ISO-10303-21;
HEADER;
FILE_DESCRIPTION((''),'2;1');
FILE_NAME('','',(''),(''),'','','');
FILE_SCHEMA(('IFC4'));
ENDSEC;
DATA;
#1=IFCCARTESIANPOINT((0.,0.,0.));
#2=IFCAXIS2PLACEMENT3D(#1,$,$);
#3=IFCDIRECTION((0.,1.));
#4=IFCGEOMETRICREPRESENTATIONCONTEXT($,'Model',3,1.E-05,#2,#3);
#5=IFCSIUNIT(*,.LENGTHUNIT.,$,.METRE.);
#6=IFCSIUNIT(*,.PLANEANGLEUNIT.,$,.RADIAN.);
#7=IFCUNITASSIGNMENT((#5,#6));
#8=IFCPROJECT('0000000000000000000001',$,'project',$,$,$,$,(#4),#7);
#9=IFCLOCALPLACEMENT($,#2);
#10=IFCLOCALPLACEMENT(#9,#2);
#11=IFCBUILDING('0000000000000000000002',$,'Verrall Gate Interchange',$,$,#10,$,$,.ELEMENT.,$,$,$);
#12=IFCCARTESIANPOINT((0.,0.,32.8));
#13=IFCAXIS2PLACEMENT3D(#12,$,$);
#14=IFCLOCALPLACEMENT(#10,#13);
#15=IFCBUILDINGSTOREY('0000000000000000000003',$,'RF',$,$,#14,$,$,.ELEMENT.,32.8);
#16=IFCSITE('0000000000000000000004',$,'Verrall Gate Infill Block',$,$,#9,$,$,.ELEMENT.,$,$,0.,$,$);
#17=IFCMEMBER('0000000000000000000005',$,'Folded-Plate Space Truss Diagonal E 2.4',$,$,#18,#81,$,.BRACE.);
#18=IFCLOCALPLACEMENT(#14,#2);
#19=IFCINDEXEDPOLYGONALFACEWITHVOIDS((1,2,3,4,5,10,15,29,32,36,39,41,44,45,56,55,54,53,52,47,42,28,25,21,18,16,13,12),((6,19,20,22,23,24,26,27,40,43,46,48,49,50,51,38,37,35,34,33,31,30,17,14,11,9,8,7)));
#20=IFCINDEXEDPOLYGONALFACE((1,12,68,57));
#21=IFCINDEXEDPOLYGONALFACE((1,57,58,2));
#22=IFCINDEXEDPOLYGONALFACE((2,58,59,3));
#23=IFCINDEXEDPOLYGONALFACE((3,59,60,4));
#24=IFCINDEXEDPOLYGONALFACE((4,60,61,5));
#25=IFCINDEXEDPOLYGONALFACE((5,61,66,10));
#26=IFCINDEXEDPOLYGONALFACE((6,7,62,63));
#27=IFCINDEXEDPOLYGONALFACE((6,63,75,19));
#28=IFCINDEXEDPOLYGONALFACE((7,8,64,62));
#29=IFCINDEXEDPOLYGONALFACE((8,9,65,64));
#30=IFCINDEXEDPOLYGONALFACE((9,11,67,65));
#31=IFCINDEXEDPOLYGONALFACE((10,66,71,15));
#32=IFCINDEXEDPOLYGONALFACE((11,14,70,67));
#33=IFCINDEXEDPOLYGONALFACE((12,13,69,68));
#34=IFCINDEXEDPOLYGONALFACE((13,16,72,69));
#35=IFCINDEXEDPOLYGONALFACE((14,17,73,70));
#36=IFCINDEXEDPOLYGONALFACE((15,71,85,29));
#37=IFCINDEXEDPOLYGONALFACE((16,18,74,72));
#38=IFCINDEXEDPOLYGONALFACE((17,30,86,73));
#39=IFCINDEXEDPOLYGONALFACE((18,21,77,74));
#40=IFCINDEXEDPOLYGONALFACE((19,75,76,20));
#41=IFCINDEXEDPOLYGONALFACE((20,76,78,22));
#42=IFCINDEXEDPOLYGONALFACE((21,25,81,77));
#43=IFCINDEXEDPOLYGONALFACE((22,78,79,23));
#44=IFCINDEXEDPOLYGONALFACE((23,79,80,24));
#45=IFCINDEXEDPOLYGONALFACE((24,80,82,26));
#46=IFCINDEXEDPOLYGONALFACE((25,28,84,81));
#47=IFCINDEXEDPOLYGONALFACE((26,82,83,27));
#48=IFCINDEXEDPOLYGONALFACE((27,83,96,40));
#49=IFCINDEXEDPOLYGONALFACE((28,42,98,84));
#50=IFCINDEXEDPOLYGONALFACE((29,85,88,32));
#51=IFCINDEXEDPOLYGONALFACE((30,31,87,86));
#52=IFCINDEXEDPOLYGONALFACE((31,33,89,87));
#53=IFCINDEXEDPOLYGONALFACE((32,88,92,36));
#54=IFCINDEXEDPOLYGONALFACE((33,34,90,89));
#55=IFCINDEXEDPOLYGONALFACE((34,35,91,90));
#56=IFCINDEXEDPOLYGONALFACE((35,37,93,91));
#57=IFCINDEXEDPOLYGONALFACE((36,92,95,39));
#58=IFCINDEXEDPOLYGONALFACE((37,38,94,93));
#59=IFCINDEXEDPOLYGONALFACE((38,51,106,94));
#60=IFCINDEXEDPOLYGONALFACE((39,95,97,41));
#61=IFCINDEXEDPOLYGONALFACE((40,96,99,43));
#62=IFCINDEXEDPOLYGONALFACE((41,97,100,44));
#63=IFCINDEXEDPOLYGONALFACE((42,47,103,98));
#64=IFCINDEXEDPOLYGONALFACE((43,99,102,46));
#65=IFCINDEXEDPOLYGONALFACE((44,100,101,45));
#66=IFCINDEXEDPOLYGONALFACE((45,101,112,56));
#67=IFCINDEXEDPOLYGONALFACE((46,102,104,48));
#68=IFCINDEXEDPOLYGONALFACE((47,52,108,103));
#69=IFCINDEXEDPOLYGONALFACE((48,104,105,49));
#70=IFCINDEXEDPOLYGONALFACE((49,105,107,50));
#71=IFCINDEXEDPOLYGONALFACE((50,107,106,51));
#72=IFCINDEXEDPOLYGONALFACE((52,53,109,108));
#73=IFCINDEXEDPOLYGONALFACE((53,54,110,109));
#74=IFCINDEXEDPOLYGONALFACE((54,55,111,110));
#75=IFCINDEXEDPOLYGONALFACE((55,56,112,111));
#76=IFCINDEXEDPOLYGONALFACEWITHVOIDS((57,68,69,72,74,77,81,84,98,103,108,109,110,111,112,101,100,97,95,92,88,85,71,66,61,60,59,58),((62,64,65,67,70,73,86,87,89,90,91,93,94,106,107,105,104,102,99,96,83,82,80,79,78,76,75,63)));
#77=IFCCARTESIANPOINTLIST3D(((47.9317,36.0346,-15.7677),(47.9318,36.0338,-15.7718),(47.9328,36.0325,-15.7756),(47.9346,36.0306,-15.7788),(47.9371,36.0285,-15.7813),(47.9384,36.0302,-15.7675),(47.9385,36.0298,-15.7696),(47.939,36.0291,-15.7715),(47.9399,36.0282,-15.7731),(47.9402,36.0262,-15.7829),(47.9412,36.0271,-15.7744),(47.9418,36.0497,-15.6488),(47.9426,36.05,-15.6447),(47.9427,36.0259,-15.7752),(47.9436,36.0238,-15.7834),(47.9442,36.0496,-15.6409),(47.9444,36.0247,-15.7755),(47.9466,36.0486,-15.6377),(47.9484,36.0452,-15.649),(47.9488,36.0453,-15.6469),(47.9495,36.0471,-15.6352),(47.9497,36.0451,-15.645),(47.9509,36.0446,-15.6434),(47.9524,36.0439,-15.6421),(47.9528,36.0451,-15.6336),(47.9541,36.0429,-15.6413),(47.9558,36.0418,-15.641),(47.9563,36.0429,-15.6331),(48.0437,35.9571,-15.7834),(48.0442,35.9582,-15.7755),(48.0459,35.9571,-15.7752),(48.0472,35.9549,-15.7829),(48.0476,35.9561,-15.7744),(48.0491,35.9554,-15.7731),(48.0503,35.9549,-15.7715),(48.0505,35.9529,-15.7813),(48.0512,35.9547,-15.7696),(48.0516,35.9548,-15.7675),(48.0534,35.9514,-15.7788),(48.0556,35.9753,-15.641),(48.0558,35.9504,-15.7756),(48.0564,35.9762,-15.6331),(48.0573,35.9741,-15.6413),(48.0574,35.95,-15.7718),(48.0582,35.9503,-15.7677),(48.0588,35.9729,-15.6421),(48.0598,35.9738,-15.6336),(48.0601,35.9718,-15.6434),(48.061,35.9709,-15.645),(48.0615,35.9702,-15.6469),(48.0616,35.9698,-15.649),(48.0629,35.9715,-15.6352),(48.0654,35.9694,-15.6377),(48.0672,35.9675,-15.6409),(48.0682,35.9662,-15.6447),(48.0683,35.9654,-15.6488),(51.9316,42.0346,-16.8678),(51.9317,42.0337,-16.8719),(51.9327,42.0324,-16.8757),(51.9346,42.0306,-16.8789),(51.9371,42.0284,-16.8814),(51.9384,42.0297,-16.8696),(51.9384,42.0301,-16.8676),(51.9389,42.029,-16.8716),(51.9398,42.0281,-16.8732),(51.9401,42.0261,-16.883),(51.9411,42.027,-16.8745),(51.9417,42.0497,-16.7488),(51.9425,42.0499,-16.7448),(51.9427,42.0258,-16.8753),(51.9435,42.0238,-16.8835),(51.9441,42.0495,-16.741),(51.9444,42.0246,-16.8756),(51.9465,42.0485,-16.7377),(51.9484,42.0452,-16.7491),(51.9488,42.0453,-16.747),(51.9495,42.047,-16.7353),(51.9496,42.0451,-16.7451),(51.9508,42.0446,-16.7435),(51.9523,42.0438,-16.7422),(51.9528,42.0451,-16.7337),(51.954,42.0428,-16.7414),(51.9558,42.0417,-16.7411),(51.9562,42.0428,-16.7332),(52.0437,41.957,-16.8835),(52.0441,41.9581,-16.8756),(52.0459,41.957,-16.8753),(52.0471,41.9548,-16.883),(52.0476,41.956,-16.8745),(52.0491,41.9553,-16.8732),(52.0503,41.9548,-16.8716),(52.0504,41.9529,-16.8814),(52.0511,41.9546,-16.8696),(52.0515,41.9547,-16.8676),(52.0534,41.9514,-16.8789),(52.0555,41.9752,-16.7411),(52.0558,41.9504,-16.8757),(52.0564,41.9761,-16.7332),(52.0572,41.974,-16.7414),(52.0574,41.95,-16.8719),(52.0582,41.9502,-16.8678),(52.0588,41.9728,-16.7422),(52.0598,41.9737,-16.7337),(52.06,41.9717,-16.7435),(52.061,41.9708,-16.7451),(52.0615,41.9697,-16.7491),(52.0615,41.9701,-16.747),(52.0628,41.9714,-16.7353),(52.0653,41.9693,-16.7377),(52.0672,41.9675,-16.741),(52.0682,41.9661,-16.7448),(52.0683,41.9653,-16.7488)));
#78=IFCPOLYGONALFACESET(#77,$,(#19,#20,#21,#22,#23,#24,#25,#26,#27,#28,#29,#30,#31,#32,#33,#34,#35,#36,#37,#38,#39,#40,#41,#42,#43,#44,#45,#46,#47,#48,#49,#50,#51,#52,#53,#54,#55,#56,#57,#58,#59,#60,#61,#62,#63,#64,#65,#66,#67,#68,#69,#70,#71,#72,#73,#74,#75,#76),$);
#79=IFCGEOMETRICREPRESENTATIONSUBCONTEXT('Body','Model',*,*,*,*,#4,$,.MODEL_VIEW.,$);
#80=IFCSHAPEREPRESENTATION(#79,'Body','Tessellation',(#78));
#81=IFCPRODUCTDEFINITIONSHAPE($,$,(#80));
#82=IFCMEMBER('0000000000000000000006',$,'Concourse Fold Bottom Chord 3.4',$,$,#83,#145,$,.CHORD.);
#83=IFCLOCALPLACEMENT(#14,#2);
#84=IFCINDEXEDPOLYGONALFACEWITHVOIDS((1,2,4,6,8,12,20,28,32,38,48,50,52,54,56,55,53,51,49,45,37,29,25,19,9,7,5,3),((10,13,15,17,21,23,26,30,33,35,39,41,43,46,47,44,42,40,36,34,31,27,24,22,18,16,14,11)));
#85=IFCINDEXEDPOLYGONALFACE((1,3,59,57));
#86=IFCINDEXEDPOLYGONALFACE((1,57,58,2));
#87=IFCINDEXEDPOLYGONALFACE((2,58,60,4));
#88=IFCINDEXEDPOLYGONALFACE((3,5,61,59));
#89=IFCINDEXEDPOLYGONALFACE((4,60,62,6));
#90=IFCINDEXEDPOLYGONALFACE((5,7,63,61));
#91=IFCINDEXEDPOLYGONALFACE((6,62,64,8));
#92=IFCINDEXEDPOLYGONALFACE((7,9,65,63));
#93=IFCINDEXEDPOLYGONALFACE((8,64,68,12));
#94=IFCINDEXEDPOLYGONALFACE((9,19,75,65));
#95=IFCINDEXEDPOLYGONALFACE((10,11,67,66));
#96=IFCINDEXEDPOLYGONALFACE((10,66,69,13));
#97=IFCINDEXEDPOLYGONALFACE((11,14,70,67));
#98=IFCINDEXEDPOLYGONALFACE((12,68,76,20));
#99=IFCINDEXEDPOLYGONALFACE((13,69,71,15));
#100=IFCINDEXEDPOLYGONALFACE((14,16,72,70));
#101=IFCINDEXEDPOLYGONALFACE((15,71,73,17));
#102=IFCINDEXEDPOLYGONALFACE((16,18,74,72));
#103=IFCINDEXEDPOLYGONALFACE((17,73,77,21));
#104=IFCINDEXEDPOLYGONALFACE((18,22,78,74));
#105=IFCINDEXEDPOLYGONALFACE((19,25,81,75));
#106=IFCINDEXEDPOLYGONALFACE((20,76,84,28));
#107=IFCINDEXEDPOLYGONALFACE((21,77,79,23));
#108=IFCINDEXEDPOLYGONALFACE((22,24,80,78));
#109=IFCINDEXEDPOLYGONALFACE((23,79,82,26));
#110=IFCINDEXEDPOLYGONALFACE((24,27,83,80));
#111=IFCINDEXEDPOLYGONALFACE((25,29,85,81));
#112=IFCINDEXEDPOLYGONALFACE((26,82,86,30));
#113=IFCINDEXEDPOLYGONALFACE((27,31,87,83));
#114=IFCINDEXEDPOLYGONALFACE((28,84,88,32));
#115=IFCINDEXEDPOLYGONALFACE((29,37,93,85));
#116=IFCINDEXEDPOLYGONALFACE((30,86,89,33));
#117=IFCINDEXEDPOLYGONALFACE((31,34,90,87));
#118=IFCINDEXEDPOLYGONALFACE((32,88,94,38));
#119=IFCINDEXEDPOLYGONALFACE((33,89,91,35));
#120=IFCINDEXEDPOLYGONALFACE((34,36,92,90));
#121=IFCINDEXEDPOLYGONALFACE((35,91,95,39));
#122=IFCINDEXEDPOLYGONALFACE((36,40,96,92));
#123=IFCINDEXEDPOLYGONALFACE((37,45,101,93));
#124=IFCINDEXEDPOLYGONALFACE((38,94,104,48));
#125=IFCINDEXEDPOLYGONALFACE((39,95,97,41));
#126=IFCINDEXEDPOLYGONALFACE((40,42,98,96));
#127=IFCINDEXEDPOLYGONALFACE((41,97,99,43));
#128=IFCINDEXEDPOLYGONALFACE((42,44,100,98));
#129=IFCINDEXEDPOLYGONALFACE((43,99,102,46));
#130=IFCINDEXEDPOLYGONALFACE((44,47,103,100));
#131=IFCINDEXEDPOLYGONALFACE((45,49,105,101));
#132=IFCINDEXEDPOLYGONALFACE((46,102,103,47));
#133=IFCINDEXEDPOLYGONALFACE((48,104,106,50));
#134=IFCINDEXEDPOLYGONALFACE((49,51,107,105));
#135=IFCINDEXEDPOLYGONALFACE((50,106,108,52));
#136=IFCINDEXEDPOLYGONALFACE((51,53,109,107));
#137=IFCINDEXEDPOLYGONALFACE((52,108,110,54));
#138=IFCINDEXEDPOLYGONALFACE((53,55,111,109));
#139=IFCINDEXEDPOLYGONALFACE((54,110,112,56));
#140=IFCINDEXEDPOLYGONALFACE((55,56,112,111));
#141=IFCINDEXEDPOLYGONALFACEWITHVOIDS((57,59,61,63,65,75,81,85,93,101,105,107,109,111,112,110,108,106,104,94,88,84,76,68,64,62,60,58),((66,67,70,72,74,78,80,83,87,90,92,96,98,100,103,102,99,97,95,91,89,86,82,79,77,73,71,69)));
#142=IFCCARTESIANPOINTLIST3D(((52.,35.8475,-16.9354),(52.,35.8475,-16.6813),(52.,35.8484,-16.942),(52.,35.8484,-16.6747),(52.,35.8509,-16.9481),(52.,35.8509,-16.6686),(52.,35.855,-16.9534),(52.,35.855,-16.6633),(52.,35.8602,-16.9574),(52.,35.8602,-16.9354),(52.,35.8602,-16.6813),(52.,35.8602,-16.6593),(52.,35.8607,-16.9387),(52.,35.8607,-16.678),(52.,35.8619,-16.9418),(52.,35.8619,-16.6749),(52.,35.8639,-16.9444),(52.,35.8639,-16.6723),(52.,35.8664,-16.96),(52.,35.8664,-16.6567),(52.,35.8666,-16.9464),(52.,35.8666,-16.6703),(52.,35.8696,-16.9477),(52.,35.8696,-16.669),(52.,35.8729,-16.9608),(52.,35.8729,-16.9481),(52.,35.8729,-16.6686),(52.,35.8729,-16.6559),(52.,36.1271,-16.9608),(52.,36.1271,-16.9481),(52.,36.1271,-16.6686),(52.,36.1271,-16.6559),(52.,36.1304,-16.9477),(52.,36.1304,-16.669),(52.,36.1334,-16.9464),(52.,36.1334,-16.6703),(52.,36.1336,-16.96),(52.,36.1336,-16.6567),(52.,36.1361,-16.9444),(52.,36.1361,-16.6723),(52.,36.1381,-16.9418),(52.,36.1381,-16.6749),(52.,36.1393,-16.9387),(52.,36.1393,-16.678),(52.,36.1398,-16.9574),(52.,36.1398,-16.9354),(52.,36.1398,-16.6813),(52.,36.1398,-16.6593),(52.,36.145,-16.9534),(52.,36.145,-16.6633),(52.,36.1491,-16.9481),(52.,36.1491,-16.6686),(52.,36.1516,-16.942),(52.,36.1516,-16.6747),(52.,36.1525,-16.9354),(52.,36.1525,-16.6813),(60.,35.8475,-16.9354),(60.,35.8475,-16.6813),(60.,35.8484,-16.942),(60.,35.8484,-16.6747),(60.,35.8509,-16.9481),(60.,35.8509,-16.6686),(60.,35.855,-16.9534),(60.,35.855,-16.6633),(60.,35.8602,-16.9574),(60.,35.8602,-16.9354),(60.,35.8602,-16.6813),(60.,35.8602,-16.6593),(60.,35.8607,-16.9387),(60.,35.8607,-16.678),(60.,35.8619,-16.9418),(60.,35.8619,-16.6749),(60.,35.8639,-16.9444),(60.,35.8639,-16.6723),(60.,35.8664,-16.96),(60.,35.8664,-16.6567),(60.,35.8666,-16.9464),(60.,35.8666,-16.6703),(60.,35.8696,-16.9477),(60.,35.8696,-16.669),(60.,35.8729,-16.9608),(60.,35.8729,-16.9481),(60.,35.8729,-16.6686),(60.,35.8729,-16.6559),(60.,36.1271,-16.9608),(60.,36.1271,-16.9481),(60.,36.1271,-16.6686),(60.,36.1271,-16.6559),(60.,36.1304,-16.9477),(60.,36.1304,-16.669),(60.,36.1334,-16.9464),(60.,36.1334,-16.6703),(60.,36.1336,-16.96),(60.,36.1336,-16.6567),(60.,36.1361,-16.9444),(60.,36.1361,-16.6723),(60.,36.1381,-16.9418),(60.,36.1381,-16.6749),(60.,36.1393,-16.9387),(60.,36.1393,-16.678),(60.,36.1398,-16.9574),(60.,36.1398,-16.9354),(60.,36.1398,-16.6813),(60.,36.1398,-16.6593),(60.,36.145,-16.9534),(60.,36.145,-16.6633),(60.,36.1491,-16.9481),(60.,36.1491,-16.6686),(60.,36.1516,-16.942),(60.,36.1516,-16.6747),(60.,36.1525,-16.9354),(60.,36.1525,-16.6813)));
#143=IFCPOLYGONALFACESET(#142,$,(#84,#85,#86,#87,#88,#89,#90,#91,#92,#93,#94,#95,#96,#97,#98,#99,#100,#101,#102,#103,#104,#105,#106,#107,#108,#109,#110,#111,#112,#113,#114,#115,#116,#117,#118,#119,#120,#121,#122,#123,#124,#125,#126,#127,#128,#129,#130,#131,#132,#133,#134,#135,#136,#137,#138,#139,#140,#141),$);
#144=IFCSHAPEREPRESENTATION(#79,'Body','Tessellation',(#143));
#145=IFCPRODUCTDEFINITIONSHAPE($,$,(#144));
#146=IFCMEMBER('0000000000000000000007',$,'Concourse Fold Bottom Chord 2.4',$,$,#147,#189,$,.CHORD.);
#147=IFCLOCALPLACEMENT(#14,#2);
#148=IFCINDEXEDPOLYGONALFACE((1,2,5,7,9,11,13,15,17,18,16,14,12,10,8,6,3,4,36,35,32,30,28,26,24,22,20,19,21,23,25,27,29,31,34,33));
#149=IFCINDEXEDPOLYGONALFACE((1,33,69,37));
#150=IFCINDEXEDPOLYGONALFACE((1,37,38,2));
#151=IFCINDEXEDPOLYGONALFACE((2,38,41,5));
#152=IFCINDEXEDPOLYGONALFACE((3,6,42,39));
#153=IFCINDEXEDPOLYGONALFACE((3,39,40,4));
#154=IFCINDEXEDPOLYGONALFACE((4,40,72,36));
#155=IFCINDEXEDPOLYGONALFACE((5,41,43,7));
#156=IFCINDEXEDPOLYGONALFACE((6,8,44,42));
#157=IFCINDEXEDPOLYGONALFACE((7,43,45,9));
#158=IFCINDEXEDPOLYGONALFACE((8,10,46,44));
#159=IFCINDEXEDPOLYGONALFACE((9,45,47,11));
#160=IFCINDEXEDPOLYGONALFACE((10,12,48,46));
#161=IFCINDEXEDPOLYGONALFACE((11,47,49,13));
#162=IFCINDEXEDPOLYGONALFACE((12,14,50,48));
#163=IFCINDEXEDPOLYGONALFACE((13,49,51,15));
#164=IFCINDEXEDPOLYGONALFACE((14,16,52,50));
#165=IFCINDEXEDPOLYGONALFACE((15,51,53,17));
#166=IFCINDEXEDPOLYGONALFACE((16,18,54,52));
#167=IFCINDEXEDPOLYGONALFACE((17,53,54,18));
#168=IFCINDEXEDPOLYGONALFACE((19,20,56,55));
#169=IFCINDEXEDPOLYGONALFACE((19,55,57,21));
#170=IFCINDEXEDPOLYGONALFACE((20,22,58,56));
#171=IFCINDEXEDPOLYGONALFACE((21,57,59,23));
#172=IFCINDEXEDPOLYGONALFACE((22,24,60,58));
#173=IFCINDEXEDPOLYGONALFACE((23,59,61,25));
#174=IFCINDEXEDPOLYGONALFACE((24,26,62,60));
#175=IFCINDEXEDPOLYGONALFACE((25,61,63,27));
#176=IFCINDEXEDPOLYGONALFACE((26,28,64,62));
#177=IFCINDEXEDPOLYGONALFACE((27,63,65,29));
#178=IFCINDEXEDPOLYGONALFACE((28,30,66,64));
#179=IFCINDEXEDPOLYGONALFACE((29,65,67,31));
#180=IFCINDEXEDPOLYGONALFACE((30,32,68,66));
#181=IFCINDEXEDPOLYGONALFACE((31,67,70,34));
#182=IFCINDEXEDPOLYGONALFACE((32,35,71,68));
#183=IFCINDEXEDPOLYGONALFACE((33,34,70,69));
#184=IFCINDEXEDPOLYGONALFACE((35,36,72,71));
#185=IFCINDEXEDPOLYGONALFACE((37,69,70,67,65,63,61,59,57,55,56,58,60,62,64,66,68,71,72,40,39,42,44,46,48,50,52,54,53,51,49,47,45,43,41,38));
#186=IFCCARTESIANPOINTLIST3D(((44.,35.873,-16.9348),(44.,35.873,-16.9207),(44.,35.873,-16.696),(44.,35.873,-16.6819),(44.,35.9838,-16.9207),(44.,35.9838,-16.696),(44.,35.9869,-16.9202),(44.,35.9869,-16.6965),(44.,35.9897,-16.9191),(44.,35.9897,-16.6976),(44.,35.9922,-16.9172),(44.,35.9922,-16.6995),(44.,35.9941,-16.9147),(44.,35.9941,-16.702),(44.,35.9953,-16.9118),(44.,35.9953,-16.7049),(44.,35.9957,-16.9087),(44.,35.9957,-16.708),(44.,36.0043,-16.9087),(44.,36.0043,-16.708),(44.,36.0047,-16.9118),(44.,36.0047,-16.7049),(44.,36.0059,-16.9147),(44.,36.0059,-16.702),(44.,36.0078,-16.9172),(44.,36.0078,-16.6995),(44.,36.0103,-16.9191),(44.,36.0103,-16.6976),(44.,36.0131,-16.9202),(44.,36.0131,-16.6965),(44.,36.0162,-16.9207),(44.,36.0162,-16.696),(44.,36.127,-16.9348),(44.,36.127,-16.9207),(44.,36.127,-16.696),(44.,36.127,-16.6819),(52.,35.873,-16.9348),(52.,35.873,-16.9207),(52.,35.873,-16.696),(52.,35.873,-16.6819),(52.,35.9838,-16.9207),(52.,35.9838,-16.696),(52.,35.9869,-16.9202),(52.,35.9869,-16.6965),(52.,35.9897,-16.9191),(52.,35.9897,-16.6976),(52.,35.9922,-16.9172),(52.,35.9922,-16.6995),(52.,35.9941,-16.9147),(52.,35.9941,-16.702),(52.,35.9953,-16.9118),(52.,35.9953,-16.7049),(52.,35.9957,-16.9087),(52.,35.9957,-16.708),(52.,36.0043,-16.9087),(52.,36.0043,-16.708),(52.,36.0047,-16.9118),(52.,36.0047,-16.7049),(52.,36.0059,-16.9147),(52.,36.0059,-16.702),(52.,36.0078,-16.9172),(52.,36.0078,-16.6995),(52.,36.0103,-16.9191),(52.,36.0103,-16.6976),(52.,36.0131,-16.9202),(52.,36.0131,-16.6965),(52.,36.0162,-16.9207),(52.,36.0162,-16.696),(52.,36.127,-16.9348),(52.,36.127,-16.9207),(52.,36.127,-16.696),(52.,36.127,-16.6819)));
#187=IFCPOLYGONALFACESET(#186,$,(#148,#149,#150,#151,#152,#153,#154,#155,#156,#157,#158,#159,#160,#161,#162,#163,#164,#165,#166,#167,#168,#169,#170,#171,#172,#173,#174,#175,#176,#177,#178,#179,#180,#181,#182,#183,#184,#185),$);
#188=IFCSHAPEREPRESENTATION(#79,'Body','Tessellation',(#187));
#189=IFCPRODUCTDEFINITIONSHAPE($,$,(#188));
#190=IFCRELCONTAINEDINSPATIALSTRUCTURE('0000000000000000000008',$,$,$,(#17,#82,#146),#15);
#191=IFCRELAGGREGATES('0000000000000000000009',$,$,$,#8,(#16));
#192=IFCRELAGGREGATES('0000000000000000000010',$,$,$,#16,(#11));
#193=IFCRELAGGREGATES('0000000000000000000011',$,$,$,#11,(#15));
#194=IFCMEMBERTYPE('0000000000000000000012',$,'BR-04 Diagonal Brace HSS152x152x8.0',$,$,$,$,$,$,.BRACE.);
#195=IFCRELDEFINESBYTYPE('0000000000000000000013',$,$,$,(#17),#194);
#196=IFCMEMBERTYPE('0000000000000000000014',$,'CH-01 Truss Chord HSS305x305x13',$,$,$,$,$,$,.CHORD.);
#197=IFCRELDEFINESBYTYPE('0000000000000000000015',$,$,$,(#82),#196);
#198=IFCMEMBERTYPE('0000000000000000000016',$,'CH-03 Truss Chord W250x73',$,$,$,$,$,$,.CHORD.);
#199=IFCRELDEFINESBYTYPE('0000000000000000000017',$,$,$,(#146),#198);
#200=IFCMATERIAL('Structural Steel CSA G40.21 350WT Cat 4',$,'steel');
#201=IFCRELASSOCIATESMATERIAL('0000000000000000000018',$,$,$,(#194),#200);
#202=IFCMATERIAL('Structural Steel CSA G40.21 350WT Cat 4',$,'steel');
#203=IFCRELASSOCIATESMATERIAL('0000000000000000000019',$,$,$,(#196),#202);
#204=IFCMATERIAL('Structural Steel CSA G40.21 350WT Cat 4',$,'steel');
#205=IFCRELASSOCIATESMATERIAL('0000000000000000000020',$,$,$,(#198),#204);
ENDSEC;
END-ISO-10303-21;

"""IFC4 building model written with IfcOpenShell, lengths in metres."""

from ifc_helpers import new_model, si_unit, direction, frame, origin, origin_2d, place, context, subcontext, project, spatial, hollow_rectangle, i_section, extrude, material, material_profile, profile_set, type_object, element, save


model = new_model("IFC4")

# Units and contexts
model_context = context("Model", 3, precision=1e-05, world=origin(), true_north=direction((0.0, 1.0)))
body_context = subcontext(model_context, "Body", "Model", "MODEL_VIEW")
ifc_project = project(units=[si_unit("LENGTHUNIT", "METRE"), si_unit("PLANEANGLEUNIT", "RADIAN")], contexts=[model_context])

# Site, building, storey
site_placement = place(None, origin())
site = spatial("IfcSite", under=ifc_project, at=site_placement, Name="Verrall Gate Infill Block", CompositionType="ELEMENT", RefElevation=0.0)
building_placement = place(site_placement, origin())
building = spatial("IfcBuilding", under=site, at=building_placement, Name="Verrall Gate Interchange", CompositionType="ELEMENT")
storey_placement = place(building_placement, frame((0.0, 0.0, 32.8)))
storey = spatial("IfcBuildingStorey", under=building, at=storey_placement, Name="RF", CompositionType="ELEMENT", Elevation=32.8)

# Members
ifc_material_1 = material(Name="Structural Steel CSA G40.21 350WT Cat 4", Category="steel")
ifc_material_profile_1 = material_profile(ifc_material_1, hollow_rectangle(XDim=0.1521, YDim=0.1521, WallThickness=0.0081, InnerFilletRadius=0.0081, OuterFilletRadius=0.0159, at=origin_2d()), Name="HSS152x152x8.0")
ifc_profile_set_1 = profile_set([ifc_material_profile_1], Name="Structural Steel CSA G40.21 350WT Cat 4")
member_type_1 = type_object("IfcMemberType", Name="BR-04 Diagonal Brace HSS152x152x8.0", PredefinedType="BRACE", material=ifc_profile_set_1)
for number, where, z_axis, x_axis, name in (
    (1, (48.0, 36.0, -15.7083), (0.548356, 0.822534, -0.150811), (-0.83205, 0.5547, 0.0), "Folded-Plate Space Truss Diagonal E 2.4"),
):
    element("IfcMember", number, at=place(storey_placement, frame(where, z_axis=z_axis, x_axis=x_axis)), inside=storey, type_object=member_type_1, Name=name, PredefinedType="BRACE", context=body_context, shape_type="SweptSolid", body=[
        extrude(hollow_rectangle(XDim=0.1521, YDim=0.1521, WallThickness=0.0081, InnerFilletRadius=0.0081, OuterFilletRadius=0.0159, at=origin_2d()), origin(), (0.0, 0.0, 1.0), 7.2944),
    ])
ifc_material_2 = material(Name="Structural Steel CSA G40.21 350WT Cat 4", Category="steel")
ifc_material_profile_2 = material_profile(ifc_material_2, hollow_rectangle(XDim=0.3049, YDim=0.3049, WallThickness=0.0127, InnerFilletRadius=0.0127, OuterFilletRadius=0.0254, at=origin_2d()), Name="HSS305x305x13")
ifc_profile_set_2 = profile_set([ifc_material_profile_2], Name="Structural Steel CSA G40.21 350WT Cat 4")
member_type_2 = type_object("IfcMemberType", Name="CH-01 Truss Chord HSS305x305x13", PredefinedType="CHORD", material=ifc_profile_set_2)
member_placement = place(storey_placement, frame((52.0, 36.0, -16.8083), z_axis=(1.0, 0.0, 0.0), x_axis=(0.0, 1.0, 0.0)))
element("IfcMember", 2, at=member_placement, inside=storey, type_object=member_type_2, Name="Concourse Fold Bottom Chord 3.4", PredefinedType="CHORD", context=body_context, shape_type="SweptSolid", body=[
    extrude(hollow_rectangle(XDim=0.3049, YDim=0.3049, WallThickness=0.0127, InnerFilletRadius=0.0127, OuterFilletRadius=0.0254, at=origin_2d()), origin(), (0.0, 0.0, 1.0), 8.0),
])
ifc_material_3 = material(Name="Structural Steel CSA G40.21 350WT Cat 4", Category="steel")
ifc_material_profile_3 = material_profile(ifc_material_3, i_section(OverallWidth=0.2539, OverallDepth=0.2529, WebThickness=0.0085, FlangeThickness=0.0142, FilletRadius=0.012, at=origin_2d()), Name="W250x73")
ifc_profile_set_3 = profile_set([ifc_material_profile_3], Name="Structural Steel CSA G40.21 350WT Cat 4")
member_type_3 = type_object("IfcMemberType", Name="CH-03 Truss Chord W250x73", PredefinedType="CHORD", material=ifc_profile_set_3)
for number, where, z_axis, x_axis, name in (
    (3, (44.0, 36.0, -16.8083), (1.0, 0.0, 0.0), (0.0, 1.0, 0.0), "Concourse Fold Bottom Chord 2.4"),
):
    element("IfcMember", number, at=place(storey_placement, frame(where, z_axis=z_axis, x_axis=x_axis)), inside=storey, type_object=member_type_3, Name=name, PredefinedType="CHORD", context=body_context, shape_type="SweptSolid", body=[
        extrude(i_section(OverallWidth=0.2539, OverallDepth=0.2529, WebThickness=0.0085, FlangeThickness=0.0142, FilletRadius=0.012, at=origin_2d()), origin(), (0.0, 0.0, 1.0), 8.0),
    ])

save(model, "model.ifc")
